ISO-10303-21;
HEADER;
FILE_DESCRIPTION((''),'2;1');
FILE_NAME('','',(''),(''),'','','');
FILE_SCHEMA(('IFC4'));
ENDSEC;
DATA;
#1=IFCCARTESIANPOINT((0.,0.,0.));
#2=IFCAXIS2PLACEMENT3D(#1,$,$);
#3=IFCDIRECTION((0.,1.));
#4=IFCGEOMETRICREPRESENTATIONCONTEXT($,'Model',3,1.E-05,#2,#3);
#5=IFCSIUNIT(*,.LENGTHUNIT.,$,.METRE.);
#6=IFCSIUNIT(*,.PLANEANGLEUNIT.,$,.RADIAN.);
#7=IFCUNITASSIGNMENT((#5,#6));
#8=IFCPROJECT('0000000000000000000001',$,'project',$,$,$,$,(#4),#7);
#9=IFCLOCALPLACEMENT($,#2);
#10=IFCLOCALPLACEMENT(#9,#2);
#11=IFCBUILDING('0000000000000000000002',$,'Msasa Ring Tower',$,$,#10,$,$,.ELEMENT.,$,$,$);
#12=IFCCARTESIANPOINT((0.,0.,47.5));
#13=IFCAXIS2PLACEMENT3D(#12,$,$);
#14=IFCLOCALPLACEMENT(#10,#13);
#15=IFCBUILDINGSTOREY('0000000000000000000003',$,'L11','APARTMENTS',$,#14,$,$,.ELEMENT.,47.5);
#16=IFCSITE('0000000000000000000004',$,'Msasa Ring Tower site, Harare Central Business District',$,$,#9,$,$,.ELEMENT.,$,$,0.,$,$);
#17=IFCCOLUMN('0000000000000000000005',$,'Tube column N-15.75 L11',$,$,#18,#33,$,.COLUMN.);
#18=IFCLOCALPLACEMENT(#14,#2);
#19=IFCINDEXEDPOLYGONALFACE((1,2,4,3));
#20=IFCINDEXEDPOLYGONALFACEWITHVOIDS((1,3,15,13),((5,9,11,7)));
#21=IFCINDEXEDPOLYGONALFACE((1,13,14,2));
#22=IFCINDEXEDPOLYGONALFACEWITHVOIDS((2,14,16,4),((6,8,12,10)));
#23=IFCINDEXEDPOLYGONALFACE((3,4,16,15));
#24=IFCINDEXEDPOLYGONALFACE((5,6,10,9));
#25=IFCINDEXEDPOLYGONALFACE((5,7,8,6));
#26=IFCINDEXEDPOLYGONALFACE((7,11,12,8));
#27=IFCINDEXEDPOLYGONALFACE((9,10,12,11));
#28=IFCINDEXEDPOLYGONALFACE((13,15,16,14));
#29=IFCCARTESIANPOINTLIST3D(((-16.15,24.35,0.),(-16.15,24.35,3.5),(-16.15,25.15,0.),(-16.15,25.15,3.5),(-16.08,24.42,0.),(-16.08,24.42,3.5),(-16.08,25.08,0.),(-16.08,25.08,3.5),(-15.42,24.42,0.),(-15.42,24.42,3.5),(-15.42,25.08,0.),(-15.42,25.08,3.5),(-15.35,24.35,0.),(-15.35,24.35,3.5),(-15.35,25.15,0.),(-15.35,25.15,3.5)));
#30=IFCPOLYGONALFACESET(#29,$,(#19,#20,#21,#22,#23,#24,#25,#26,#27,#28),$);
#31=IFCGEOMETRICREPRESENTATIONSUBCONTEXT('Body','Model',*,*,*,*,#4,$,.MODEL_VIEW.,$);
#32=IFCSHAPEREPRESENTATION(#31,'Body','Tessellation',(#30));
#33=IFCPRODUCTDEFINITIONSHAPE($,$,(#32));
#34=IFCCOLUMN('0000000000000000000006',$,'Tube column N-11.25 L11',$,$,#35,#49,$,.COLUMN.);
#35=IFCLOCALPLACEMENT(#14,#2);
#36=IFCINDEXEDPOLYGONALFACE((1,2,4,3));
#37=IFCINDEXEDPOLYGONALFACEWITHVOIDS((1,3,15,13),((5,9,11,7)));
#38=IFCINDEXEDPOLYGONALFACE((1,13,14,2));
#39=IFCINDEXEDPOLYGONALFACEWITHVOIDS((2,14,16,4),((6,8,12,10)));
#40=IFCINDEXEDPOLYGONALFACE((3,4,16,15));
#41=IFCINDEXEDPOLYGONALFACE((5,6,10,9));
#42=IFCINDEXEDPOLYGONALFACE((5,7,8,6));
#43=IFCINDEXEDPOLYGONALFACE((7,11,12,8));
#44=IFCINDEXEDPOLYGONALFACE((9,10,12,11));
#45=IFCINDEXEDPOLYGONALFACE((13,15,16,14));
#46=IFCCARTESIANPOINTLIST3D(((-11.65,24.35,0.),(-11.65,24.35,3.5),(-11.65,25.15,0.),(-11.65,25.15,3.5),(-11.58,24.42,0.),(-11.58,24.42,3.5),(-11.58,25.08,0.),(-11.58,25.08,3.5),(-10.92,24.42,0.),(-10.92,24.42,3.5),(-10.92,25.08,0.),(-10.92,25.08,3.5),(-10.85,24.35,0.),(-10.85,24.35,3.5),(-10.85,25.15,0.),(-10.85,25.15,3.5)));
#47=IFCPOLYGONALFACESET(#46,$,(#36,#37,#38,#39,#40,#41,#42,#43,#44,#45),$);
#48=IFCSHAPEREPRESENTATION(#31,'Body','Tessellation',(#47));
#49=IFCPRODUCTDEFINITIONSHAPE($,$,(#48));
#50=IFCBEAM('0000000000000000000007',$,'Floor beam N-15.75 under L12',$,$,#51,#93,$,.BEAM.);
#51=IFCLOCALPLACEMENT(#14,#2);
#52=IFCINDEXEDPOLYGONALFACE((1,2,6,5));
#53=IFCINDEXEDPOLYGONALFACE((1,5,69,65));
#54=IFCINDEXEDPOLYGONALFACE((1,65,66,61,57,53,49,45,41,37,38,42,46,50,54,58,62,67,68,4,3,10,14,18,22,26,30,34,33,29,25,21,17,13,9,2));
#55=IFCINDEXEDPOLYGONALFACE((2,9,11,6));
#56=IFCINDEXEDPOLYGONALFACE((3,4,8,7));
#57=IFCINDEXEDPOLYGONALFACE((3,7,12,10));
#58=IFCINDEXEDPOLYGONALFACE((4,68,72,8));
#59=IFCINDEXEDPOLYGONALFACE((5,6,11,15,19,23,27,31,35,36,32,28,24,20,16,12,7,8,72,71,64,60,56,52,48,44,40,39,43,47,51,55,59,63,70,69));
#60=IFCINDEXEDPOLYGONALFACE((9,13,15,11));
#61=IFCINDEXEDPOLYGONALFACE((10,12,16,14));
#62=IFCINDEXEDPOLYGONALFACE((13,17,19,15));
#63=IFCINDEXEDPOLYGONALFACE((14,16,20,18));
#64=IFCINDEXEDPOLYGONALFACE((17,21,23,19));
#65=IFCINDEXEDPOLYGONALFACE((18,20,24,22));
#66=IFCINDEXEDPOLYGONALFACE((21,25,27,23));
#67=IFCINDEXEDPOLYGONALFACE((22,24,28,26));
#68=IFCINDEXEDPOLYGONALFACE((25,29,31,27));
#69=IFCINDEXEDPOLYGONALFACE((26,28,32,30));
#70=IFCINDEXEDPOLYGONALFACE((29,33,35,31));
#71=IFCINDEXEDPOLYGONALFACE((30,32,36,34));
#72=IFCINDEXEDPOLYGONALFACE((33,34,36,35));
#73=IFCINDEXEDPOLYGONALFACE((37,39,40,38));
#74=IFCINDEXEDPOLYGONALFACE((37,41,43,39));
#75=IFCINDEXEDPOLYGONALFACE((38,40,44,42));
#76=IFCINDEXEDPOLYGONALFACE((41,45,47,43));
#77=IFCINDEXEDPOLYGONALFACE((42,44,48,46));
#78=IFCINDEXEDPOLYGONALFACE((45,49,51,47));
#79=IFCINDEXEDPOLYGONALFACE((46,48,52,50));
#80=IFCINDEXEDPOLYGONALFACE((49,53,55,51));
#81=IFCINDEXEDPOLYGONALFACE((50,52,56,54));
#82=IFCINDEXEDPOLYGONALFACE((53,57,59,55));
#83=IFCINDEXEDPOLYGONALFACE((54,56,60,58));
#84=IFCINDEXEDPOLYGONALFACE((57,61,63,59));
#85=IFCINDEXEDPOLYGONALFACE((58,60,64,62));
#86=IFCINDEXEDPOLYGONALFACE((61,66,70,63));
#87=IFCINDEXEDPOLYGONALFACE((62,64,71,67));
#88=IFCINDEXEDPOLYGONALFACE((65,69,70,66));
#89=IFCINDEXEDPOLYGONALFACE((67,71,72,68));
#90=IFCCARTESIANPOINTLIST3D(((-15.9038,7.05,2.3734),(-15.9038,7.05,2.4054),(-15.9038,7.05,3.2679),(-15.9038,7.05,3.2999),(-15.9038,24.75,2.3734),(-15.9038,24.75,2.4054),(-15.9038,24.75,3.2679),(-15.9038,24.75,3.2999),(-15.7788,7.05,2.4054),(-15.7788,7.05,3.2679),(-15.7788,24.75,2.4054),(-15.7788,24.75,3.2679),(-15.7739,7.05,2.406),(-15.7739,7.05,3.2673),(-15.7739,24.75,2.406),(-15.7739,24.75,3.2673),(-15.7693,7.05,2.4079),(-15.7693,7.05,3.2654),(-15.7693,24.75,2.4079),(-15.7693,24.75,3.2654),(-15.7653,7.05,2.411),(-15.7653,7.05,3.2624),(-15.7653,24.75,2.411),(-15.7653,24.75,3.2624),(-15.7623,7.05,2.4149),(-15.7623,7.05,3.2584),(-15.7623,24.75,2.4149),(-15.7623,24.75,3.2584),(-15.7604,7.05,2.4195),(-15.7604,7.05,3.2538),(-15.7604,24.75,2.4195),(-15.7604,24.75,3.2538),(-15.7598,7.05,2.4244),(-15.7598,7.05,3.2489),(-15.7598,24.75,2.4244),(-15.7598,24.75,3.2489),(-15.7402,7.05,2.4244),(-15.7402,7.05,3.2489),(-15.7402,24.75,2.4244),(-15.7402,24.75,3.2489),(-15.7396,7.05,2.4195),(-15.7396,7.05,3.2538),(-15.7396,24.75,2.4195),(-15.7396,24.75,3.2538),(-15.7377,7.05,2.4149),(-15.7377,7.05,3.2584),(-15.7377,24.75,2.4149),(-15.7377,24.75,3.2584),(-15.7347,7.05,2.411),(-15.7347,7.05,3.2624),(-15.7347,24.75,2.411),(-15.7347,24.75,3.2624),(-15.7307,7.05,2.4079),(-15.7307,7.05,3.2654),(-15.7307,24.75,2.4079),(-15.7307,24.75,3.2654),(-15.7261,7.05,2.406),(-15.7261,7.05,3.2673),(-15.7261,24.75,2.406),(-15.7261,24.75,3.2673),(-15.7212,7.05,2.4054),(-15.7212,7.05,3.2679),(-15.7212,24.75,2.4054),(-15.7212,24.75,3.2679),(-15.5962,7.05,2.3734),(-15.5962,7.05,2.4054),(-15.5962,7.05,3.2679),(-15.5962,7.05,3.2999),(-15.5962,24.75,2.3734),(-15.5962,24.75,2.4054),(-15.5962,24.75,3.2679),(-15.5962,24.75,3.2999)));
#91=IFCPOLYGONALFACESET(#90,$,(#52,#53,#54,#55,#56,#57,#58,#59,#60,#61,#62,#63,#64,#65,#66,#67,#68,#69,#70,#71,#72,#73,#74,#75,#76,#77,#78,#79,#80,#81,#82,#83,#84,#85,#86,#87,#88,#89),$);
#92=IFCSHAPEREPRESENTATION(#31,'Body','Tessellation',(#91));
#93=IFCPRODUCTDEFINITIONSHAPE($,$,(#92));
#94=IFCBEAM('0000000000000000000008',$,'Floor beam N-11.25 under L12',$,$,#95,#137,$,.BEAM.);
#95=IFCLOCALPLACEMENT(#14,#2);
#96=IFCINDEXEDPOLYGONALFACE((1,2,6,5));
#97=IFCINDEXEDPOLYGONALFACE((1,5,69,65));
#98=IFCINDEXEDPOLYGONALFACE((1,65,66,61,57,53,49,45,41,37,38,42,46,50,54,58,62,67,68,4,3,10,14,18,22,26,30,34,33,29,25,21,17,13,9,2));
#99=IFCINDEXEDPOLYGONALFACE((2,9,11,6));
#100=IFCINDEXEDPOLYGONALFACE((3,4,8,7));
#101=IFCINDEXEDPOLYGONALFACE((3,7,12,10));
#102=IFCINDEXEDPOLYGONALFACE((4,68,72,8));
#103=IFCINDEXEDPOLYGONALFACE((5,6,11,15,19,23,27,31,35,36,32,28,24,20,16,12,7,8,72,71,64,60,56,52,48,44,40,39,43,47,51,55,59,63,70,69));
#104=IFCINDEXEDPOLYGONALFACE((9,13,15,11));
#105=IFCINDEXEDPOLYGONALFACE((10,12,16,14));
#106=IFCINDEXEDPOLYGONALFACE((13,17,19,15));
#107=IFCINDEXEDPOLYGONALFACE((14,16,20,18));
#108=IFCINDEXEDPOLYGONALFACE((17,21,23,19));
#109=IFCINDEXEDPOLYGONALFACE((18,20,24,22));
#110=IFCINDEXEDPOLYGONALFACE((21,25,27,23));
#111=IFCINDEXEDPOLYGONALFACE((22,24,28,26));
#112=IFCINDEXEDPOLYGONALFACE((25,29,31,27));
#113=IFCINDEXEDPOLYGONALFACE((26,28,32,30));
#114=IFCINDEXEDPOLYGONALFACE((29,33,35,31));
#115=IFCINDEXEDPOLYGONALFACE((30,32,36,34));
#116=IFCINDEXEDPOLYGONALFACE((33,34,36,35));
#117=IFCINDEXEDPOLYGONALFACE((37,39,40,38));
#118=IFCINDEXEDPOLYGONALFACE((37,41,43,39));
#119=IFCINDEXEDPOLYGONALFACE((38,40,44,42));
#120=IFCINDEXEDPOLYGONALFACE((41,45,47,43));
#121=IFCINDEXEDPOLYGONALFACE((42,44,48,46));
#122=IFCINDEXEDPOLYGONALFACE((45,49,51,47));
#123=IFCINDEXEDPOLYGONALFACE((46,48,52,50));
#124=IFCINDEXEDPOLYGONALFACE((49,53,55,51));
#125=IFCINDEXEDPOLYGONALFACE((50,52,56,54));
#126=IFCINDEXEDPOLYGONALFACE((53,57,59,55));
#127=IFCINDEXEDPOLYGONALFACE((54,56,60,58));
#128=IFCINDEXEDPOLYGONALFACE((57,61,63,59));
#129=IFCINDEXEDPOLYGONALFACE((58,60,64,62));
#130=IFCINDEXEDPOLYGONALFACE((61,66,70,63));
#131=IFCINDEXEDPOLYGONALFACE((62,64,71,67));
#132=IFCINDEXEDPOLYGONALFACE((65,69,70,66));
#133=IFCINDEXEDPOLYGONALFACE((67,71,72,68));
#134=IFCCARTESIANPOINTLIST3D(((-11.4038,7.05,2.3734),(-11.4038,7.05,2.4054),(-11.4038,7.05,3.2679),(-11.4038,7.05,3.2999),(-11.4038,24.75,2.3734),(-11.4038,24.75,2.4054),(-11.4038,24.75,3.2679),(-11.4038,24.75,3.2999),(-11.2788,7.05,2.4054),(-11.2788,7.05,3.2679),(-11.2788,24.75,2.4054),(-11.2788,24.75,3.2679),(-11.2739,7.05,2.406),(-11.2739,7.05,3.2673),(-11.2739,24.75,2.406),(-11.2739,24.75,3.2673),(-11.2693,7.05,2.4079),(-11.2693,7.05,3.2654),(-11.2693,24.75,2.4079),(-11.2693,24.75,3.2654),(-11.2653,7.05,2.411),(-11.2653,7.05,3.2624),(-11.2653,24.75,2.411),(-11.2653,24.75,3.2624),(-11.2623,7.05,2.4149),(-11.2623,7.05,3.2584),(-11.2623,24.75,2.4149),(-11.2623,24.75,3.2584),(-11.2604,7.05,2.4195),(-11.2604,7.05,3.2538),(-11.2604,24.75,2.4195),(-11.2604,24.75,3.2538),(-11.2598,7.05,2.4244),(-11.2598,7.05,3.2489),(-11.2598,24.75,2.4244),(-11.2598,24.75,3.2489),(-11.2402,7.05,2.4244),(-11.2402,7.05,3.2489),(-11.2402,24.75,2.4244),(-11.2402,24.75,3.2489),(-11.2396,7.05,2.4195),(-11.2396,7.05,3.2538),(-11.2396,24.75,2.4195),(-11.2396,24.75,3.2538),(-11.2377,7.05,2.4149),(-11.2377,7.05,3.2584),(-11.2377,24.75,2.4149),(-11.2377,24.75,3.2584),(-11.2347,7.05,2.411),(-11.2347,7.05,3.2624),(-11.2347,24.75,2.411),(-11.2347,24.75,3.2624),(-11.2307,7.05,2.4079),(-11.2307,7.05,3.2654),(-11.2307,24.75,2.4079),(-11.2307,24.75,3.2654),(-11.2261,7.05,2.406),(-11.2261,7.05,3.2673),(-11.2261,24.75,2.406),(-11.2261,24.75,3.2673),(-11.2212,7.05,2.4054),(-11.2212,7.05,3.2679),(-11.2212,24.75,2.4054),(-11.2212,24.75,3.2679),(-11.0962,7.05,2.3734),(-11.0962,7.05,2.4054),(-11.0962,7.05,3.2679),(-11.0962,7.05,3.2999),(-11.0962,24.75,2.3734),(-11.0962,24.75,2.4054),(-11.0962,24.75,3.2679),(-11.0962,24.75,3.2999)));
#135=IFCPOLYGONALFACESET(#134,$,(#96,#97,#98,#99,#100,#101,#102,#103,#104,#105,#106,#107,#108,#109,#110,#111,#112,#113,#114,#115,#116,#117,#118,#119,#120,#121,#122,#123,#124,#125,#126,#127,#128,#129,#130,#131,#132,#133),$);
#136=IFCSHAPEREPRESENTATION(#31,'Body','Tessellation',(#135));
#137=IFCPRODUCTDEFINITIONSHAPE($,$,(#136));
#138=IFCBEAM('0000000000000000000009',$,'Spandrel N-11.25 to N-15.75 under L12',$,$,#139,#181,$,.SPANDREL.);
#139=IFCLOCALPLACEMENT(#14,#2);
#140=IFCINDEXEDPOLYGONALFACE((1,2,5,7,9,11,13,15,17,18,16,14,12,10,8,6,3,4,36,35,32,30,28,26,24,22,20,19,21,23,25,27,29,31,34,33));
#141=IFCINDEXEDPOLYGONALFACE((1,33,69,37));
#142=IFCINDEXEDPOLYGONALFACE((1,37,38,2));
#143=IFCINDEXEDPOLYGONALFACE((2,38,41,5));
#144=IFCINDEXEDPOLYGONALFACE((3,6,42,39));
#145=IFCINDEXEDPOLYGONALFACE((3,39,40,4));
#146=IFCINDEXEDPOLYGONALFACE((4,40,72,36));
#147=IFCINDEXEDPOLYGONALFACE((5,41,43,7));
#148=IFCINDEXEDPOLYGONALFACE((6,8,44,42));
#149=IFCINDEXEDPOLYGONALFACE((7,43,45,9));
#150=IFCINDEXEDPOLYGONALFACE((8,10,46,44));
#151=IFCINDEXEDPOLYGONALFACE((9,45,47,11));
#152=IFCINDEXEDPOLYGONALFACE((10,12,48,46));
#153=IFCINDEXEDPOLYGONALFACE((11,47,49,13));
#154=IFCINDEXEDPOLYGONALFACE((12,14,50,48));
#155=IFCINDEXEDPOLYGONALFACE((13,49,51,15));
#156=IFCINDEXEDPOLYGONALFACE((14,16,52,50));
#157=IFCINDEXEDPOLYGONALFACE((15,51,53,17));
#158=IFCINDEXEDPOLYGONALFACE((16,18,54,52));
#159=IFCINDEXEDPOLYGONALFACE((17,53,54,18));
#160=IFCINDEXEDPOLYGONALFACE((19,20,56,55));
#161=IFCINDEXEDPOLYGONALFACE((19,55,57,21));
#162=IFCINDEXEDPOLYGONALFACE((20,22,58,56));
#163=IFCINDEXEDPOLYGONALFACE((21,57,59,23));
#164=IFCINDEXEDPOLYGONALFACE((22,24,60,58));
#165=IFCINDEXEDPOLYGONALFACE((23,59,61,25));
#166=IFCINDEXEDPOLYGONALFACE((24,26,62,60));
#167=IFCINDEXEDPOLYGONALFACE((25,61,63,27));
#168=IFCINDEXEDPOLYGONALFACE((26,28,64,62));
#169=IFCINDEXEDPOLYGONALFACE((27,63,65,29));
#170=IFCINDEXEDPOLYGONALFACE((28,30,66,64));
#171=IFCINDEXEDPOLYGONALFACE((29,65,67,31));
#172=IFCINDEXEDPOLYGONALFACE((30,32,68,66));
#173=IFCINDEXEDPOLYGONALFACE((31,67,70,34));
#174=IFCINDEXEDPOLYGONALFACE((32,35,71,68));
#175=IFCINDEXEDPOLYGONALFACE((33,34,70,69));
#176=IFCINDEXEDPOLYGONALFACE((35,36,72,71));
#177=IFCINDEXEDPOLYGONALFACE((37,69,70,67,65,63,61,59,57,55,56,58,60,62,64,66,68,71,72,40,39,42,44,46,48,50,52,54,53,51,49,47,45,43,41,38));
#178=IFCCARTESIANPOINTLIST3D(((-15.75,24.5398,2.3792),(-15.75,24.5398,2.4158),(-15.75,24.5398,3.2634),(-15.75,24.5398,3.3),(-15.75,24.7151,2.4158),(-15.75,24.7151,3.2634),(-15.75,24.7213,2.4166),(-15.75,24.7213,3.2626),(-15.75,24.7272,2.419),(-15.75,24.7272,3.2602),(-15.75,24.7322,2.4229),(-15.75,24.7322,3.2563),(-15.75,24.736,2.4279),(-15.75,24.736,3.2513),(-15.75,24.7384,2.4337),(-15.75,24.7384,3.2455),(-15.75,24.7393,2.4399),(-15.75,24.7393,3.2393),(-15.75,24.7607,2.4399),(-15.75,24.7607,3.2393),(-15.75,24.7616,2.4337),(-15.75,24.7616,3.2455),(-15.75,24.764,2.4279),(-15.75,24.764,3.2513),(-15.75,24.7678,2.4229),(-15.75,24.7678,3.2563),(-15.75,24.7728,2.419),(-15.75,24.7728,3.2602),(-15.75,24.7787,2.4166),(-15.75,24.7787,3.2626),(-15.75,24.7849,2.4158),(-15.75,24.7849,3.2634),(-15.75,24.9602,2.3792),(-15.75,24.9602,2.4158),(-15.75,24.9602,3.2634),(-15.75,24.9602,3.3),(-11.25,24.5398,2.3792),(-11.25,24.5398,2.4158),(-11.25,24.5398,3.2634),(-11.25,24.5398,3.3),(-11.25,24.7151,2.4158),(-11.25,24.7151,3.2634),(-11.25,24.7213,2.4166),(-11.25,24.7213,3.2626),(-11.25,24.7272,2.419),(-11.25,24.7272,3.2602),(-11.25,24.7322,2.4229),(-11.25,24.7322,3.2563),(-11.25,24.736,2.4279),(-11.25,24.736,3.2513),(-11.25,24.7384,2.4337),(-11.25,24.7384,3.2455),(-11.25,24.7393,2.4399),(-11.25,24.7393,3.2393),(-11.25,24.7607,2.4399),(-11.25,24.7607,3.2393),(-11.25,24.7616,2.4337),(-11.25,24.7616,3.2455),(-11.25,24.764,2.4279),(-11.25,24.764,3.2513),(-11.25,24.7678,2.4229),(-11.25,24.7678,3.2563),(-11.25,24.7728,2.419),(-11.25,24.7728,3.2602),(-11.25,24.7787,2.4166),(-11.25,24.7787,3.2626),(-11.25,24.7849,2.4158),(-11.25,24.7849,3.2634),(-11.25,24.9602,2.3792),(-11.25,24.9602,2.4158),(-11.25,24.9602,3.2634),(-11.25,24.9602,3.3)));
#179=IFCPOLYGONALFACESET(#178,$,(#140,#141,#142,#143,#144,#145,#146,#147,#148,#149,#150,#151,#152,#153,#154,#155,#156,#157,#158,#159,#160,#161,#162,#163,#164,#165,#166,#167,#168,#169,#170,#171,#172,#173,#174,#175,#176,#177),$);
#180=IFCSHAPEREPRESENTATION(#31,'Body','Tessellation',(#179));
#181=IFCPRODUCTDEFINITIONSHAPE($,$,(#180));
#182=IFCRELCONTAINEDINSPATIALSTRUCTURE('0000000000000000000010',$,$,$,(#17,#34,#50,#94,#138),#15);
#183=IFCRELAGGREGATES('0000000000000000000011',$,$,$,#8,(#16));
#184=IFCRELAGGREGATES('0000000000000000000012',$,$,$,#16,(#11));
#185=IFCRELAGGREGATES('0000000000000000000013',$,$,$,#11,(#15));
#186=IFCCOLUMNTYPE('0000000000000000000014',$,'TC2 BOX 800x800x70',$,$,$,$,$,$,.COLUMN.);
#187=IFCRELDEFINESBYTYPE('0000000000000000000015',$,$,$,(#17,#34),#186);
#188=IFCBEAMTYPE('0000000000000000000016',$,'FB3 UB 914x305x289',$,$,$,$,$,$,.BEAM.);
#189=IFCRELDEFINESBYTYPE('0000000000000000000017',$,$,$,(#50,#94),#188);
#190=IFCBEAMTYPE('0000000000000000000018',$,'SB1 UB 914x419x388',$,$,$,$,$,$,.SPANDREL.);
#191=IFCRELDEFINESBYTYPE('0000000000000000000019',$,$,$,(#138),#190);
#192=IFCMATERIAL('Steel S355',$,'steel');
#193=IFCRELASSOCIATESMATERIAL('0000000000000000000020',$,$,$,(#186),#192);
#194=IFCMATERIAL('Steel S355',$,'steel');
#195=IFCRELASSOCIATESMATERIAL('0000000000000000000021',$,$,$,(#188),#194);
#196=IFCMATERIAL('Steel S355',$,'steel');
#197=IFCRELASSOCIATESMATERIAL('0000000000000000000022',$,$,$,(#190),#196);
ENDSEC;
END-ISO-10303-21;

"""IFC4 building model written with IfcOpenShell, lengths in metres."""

from ifc_helpers import new_model, si_unit, direction, frame, origin, origin_2d, place, context, subcontext, project, spatial, hollow_rectangle, i_section, extrude, material, material_profile, profile_set, type_object, element, save


model = new_model("IFC4")

# Units and contexts
model_context = context("Model", 3, precision=1e-05, world=origin(), true_north=direction((0.0, 1.0)))
body_context = subcontext(model_context, "Body", "Model", "MODEL_VIEW")
ifc_project = project(units=[si_unit("LENGTHUNIT", "METRE"), si_unit("PLANEANGLEUNIT", "RADIAN")], contexts=[model_context])

# Site, building, storey
site_placement = place(None, origin())
site = spatial("IfcSite", under=ifc_project, at=site_placement, Name="Msasa Ring Tower site, Harare Central Business District", CompositionType="ELEMENT", RefElevation=0.0)
building_placement = place(site_placement, origin())
building = spatial("IfcBuilding", under=site, at=building_placement, Name="Msasa Ring Tower", CompositionType="ELEMENT")
storey_placement = place(building_placement, frame((0.0, 0.0, 47.5)))
storey = spatial("IfcBuildingStorey", under=building, at=storey_placement, Name="L11", Description="APARTMENTS", CompositionType="ELEMENT", Elevation=47.5)

# Columns
ifc_material_1 = material(Name="Steel S355", Category="steel")
ifc_material_profile_1 = material_profile(ifc_material_1, hollow_rectangle(XDim=0.8, YDim=0.8, WallThickness=0.0701, at=origin_2d()), Name="BOX 800x800x70")
ifc_profile_set_1 = profile_set([ifc_material_profile_1], Name="Steel S355")
column_type = type_object("IfcColumnType", Name="TC2 BOX 800x800x70", PredefinedType="COLUMN", material=ifc_profile_set_1)
for number, where, z_axis, x_axis, name in (
    (1, (-15.75, 24.75, 0.0), (0.0, 0.0, 1.0), (0.0, 1.0, 0.0), "Tube column N-15.75 L11"),
    (2, (-11.25, 24.75, 0.0), (0.0, 0.0, 1.0), (0.0, 1.0, 0.0), "Tube column N-11.25 L11"),
):
    element("IfcColumn", number, at=place(storey_placement, frame(where, z_axis=z_axis, x_axis=x_axis)), inside=storey, type_object=column_type, Name=name, PredefinedType="COLUMN", context=body_context, shape_type="SweptSolid", body=[
        extrude(hollow_rectangle(XDim=0.8, YDim=0.8, WallThickness=0.0701, at=origin_2d()), origin(), (0.0, 0.0, 1.0), 3.5),
    ])

# Beams
ifc_material_2 = material(Name="Steel S355", Category="steel")
ifc_material_profile_2 = material_profile(ifc_material_2, i_section(OverallWidth=0.3076, OverallDepth=0.9265, WebThickness=0.0195, FlangeThickness=0.032, FilletRadius=0.019, at=origin_2d()), Name="UB 914x305x289")
ifc_profile_set_2 = profile_set([ifc_material_profile_2], Name="Steel S355")
beam_type_1 = type_object("IfcBeamType", Name="FB3 UB 914x305x289", PredefinedType="BEAM", material=ifc_profile_set_2)
for number, where, z_axis, x_axis, name in (
    (3, (-15.75, 24.75, 2.8367), (0.0, -1.0, 0.0), (1.0, 0.0, 0.0), "Floor beam N-15.75 under L12"),
    (4, (-11.25, 24.75, 2.8367), (0.0, -1.0, 0.0), (1.0, 0.0, 0.0), "Floor beam N-11.25 under L12"),
):
    element("IfcBeam", number, at=place(storey_placement, frame(where, z_axis=z_axis, x_axis=x_axis)), inside=storey, type_object=beam_type_1, Name=name, PredefinedType="BEAM", context=body_context, shape_type="SweptSolid", body=[
        extrude(i_section(OverallWidth=0.3076, OverallDepth=0.9265, WebThickness=0.0195, FlangeThickness=0.032, FilletRadius=0.019, at=origin_2d()), origin(), (0.0, 0.0, 1.0), 17.7),
    ])
ifc_material_3 = material(Name="Steel S355", Category="steel")
ifc_material_profile_3 = material_profile(ifc_material_3, i_section(OverallWidth=0.4204, OverallDepth=0.9209, WebThickness=0.0215, FlangeThickness=0.0366, FilletRadius=0.0242, at=origin_2d()), Name="UB 914x419x388")
ifc_profile_set_3 = profile_set([ifc_material_profile_3], Name="Steel S355")
beam_type_2 = type_object("IfcBeamType", Name="SB1 UB 914x419x388", PredefinedType="SPANDREL", material=ifc_profile_set_3)
for number, where, z_axis, x_axis, name in (
    (5, (-11.25, 24.75, 2.8396), (-1.0, 0.0, 0.0), (0.0, -1.0, 0.0), "Spandrel N-11.25 to N-15.75 under L12"),
):
    element("IfcBeam", number, at=place(storey_placement, frame(where, z_axis=z_axis, x_axis=x_axis)), inside=storey, type_object=beam_type_2, Name=name, PredefinedType="SPANDREL", context=body_context, shape_type="SweptSolid", body=[
        extrude(i_section(OverallWidth=0.4204, OverallDepth=0.9209, WebThickness=0.0215, FlangeThickness=0.0366, FilletRadius=0.0242, at=origin_2d()), origin(), (0.0, 0.0, 1.0), 4.5),
    ])

save(model, "model.ifc")
